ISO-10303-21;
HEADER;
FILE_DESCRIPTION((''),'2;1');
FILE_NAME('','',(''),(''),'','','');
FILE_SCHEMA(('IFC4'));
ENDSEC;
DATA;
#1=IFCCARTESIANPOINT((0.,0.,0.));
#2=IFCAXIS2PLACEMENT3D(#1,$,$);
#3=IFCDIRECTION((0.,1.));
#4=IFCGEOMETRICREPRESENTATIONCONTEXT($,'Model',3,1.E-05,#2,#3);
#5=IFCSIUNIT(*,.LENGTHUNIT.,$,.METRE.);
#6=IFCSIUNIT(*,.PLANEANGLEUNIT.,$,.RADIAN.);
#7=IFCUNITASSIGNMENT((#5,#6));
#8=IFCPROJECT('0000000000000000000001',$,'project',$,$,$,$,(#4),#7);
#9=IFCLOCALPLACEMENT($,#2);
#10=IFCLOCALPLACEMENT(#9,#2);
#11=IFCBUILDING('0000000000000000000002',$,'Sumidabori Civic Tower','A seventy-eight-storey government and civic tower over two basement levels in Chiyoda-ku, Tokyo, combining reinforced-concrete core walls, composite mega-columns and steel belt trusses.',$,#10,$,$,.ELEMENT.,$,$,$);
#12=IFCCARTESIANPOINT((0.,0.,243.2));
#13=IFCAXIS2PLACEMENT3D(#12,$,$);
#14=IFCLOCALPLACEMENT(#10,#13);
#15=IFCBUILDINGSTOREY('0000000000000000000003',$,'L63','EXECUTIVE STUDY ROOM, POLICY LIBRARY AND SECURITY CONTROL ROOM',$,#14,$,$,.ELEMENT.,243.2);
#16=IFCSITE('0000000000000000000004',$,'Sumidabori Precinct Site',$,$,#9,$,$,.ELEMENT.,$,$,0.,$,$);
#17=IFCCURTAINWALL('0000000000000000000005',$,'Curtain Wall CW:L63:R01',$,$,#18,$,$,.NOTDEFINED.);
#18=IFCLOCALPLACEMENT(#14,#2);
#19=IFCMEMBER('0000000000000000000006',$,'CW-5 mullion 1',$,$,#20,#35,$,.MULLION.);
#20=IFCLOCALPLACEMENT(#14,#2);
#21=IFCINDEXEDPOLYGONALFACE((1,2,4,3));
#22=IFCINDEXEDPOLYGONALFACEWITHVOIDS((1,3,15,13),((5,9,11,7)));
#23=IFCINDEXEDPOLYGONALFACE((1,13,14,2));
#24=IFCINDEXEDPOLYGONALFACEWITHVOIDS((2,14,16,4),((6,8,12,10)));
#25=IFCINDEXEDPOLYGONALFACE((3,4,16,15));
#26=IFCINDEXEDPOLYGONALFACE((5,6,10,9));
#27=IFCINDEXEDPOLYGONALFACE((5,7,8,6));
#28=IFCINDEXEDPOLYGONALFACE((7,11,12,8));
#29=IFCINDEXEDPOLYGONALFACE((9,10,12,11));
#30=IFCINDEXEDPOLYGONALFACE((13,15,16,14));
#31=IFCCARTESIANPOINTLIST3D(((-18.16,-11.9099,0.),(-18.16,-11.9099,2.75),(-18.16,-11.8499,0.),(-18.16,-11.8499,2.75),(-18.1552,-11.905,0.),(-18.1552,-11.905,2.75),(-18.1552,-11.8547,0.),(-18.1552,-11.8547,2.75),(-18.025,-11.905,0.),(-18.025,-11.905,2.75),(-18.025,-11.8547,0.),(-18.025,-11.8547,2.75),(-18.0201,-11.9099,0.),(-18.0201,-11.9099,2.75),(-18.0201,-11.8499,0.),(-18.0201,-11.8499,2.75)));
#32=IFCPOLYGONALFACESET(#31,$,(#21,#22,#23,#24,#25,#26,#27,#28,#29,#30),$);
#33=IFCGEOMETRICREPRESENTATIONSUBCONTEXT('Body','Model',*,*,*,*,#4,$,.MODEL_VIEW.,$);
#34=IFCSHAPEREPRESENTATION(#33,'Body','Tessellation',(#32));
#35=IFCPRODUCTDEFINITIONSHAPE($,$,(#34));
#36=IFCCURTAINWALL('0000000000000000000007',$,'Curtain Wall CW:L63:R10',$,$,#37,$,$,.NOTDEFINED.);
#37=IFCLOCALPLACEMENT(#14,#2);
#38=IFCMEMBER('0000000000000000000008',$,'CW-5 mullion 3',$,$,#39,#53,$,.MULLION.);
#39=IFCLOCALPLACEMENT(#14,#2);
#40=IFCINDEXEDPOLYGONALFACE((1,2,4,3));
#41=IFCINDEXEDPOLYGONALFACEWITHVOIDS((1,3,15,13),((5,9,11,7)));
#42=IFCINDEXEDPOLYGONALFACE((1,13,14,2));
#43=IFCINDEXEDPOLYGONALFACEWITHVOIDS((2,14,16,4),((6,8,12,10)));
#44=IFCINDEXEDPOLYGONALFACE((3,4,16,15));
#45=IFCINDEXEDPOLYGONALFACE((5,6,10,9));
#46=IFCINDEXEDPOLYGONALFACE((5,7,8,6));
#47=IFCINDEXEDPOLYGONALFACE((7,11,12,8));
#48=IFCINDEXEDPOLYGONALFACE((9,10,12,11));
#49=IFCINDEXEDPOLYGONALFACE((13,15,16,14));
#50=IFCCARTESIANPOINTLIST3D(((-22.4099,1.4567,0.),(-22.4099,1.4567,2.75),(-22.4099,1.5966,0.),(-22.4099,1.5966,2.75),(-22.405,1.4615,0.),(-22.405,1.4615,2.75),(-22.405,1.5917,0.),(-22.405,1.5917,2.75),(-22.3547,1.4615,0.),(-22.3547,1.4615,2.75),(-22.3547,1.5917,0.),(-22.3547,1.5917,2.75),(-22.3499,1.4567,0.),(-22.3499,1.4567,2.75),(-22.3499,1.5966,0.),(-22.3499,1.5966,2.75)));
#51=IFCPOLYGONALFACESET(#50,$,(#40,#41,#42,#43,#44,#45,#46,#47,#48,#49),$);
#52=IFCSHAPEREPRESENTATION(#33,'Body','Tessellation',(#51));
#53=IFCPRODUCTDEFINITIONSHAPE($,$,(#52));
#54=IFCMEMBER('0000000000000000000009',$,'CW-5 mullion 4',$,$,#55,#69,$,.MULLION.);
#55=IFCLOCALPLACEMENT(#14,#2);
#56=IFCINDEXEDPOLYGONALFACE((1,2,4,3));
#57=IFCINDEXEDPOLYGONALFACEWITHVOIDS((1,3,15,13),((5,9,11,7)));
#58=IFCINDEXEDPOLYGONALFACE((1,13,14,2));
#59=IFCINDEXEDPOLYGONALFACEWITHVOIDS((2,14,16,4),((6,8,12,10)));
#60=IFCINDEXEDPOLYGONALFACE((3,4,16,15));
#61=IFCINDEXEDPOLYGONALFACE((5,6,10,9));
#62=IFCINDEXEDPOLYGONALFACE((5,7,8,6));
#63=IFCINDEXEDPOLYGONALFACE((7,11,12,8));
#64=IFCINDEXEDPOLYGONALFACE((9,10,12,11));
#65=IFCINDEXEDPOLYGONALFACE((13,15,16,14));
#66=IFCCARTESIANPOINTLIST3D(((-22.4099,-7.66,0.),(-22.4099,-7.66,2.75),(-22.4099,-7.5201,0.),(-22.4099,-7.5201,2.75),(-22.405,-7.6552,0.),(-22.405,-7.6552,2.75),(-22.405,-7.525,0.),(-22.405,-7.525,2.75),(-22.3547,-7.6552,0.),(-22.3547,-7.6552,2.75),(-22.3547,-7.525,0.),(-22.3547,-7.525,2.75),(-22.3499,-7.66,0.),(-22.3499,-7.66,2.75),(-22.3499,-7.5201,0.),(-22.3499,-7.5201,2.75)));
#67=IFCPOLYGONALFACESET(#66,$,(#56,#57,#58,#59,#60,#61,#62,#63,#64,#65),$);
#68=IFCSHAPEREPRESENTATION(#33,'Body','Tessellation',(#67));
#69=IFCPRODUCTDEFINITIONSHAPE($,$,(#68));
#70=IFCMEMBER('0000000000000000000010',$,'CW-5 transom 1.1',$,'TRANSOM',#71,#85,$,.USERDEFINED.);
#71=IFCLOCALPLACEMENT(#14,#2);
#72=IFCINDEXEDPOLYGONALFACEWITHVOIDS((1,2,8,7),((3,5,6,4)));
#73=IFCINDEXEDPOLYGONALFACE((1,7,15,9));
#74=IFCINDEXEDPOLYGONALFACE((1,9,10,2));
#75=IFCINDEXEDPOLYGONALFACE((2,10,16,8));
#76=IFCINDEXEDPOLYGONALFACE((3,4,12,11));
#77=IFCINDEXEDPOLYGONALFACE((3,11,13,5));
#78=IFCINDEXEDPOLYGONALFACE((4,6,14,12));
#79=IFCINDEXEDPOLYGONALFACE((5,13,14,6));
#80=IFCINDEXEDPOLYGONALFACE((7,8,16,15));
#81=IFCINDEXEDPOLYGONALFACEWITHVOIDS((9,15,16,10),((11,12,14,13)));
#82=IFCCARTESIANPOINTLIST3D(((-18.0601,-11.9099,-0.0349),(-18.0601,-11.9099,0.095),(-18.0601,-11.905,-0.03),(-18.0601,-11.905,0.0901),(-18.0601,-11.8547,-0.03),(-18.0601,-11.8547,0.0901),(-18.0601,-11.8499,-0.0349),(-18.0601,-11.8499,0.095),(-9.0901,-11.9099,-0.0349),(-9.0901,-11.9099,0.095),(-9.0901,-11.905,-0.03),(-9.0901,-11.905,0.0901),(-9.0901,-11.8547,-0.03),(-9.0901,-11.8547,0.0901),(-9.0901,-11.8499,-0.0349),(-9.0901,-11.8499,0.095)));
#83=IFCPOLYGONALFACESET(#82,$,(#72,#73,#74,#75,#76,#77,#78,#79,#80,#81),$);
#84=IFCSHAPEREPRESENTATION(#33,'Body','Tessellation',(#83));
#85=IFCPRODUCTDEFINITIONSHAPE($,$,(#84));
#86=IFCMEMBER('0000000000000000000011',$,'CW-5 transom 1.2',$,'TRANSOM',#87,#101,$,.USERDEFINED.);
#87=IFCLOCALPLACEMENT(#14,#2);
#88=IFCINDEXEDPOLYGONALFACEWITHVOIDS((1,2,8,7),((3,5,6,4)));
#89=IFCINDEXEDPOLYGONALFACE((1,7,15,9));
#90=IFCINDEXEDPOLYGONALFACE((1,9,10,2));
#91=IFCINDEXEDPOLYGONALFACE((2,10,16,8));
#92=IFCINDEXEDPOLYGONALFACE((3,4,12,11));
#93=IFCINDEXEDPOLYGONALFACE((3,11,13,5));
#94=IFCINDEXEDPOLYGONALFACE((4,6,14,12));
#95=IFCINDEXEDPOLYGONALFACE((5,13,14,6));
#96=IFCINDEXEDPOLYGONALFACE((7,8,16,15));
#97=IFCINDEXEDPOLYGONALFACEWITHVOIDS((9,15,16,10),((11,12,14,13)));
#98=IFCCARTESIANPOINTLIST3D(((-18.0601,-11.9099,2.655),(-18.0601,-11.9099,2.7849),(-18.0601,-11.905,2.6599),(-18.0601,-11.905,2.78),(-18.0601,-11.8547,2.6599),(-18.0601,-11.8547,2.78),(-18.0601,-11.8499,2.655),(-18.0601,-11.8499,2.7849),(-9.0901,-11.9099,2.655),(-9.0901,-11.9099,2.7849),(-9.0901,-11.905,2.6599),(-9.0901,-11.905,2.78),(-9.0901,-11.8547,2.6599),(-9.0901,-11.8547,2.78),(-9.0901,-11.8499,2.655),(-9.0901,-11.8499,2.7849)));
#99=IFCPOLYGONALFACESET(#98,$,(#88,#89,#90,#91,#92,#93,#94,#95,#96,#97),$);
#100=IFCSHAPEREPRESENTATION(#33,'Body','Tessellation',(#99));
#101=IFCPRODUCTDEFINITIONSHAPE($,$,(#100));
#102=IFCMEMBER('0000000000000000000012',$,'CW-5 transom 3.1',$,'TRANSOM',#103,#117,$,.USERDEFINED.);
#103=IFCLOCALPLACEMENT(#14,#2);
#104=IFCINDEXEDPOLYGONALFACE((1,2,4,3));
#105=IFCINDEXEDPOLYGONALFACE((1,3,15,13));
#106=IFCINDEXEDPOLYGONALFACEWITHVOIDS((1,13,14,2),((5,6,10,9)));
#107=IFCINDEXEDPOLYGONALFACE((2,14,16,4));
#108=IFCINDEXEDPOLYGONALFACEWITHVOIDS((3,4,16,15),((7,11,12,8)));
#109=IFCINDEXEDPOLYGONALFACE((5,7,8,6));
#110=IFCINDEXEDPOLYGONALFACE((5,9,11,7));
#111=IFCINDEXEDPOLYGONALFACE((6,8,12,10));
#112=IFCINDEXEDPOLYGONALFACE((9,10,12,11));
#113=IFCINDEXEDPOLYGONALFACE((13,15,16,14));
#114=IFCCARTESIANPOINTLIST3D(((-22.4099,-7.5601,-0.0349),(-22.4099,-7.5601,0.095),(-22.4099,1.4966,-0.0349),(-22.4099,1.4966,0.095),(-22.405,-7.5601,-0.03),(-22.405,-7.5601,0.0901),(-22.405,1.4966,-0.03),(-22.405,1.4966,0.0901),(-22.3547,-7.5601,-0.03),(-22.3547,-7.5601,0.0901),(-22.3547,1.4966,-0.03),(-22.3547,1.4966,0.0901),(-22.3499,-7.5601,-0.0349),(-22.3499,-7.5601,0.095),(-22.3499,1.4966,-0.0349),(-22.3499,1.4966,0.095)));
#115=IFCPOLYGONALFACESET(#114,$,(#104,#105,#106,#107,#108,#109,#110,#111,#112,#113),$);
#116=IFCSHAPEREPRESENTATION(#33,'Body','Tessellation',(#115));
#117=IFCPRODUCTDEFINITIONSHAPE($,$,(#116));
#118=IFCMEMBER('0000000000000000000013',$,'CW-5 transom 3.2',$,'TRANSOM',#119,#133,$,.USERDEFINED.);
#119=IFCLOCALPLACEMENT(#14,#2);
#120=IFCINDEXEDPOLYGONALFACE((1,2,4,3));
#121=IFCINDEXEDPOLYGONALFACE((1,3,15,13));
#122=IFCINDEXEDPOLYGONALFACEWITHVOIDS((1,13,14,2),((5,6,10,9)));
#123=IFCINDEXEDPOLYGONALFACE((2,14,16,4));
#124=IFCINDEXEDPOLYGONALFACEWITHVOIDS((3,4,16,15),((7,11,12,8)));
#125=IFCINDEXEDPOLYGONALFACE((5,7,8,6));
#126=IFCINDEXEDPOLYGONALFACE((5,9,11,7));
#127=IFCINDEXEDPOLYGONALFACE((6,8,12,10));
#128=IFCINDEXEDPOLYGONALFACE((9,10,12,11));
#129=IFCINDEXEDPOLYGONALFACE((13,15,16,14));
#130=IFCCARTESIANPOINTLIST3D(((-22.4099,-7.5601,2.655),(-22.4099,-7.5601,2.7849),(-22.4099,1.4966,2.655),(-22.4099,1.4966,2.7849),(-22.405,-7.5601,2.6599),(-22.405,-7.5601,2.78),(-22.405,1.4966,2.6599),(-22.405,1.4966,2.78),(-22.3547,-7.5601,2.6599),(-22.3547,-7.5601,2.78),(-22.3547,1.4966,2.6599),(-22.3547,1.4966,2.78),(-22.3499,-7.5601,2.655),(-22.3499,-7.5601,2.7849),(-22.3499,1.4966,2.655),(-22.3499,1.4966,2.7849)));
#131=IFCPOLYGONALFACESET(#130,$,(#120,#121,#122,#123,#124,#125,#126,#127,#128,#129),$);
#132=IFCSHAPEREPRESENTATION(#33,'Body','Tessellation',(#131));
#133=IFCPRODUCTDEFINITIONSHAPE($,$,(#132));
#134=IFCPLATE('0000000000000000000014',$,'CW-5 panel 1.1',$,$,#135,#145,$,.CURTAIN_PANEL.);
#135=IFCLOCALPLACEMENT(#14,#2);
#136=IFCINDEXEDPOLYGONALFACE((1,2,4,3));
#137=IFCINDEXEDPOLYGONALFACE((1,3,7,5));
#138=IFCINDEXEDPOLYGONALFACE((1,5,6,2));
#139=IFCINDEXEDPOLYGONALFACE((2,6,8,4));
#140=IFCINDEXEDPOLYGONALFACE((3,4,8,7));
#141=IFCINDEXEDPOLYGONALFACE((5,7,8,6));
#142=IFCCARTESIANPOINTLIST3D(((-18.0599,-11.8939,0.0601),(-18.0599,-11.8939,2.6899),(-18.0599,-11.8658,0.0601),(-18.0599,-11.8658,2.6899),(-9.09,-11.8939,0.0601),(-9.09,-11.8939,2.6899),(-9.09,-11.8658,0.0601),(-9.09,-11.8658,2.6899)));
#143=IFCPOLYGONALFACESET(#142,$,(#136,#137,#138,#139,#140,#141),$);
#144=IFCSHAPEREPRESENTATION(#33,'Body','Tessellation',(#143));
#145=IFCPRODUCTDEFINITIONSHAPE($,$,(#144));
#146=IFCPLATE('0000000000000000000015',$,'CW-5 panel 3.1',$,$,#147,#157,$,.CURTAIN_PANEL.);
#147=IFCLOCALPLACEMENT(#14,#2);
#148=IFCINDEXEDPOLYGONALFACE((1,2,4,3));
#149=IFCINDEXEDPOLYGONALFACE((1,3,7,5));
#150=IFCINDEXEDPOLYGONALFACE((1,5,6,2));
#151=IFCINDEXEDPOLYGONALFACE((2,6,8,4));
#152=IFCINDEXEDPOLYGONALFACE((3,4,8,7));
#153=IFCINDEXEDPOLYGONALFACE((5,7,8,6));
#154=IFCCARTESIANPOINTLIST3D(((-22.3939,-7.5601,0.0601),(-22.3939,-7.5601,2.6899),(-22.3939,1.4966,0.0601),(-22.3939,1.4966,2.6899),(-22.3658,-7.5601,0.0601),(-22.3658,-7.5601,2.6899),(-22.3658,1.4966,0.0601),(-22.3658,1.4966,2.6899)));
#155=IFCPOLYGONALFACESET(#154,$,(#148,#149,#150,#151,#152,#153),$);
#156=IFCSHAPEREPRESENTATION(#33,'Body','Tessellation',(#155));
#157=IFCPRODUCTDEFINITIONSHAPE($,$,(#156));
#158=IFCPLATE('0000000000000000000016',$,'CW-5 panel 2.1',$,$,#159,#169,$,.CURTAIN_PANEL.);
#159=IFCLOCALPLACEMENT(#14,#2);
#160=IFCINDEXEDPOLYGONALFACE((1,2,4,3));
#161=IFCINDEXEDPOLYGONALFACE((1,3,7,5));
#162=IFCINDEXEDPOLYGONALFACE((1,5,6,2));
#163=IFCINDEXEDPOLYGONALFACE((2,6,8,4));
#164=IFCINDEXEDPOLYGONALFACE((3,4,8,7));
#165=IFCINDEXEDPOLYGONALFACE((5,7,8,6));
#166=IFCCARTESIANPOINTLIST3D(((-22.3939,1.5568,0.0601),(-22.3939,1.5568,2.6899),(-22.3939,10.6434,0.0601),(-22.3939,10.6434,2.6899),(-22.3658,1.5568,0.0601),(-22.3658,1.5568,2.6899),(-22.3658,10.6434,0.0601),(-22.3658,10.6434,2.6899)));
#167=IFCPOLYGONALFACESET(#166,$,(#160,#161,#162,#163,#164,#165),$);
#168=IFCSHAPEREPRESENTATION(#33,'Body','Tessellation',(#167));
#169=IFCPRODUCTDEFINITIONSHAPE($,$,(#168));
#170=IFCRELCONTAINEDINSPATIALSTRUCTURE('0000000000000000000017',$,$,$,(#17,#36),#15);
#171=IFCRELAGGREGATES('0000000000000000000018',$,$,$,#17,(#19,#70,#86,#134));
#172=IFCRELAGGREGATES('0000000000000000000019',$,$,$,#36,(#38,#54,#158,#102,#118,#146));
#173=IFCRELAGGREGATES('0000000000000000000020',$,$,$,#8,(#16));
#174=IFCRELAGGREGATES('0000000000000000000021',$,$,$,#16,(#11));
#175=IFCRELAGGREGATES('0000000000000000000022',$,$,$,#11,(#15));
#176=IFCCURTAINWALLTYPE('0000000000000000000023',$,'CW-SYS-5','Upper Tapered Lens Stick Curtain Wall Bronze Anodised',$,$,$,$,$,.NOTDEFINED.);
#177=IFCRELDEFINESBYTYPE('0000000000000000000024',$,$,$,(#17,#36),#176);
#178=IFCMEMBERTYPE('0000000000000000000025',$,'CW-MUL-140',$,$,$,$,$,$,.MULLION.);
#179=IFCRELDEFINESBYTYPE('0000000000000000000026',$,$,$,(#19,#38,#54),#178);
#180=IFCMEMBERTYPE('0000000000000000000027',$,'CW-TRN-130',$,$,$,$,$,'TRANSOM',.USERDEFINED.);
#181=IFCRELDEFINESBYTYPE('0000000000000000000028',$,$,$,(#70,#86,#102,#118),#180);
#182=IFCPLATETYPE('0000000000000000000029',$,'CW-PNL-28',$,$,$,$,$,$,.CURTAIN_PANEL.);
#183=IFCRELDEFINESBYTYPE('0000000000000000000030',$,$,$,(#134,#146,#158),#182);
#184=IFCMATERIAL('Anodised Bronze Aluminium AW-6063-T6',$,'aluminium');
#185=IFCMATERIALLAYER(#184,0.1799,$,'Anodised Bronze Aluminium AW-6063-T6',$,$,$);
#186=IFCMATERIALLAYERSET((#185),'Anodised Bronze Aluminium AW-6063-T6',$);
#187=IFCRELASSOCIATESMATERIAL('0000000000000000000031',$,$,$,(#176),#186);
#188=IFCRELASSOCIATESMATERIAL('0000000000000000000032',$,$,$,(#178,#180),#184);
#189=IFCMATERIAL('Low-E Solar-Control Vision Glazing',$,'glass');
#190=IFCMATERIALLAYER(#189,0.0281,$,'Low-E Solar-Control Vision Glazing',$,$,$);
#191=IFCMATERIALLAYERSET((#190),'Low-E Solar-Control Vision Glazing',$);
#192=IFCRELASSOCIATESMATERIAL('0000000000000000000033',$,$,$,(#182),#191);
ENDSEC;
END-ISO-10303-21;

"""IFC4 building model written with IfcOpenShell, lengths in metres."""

from ifc_helpers import new_model, si_unit, direction, frame, origin, origin_2d, place, context, subcontext, project, spatial, rectangle, hollow_rectangle, extrude, source, transform, mapped, material, layer, layer_set, material_profile, profile_set, type_object, element, aggregate, save


model = new_model("IFC4")

# Units and contexts
model_context = context("Model", 3, precision=1e-05, world=origin(), true_north=direction((0.0, 1.0)))
body_context = subcontext(model_context, "Body", "Model", "MODEL_VIEW")
ifc_project = project(units=[si_unit("LENGTHUNIT", "METRE"), si_unit("PLANEANGLEUNIT", "RADIAN")], contexts=[model_context])

# Site, building, storey
site_placement = place(None, origin())
site = spatial("IfcSite", under=ifc_project, at=site_placement, Name="Sumidabori Precinct Site", CompositionType="ELEMENT", RefElevation=0.0)
building_placement = place(site_placement, origin())
building = spatial("IfcBuilding", under=site, at=building_placement, Name="Sumidabori Civic Tower", Description="A seventy-eight-storey government and civic tower over two basement levels in Chiyoda-ku, Tokyo, combining reinforced-concrete core walls, composite mega-columns and steel belt trusses.", CompositionType="ELEMENT")
storey_placement = place(building_placement, frame((0.0, 0.0, 243.2)))
storey = spatial("IfcBuildingStorey", under=building, at=storey_placement, Name="L63", Description="EXECUTIVE STUDY ROOM, POLICY LIBRARY AND SECURITY CONTROL ROOM", CompositionType="ELEMENT", Elevation=243.2)

# Curtain wall, member
ifc_material_1 = material(Name="Anodised Bronze Aluminium AW-6063-T6", Category="aluminium")
ifc_layer_1 = layer(ifc_material_1, 0.1799, Name="Anodised Bronze Aluminium AW-6063-T6")
ifc_layer_set_1 = layer_set([ifc_layer_1], Name="Anodised Bronze Aluminium AW-6063-T6")
curtain_wall_type = type_object("IfcCurtainWallType", Name="CW-SYS-5", Description="Upper Tapered Lens Stick Curtain Wall Bronze Anodised", PredefinedType="NOTDEFINED", material=ifc_layer_set_1)
curtain_wall_1_placement = place(storey_placement, origin())
curtain_wall_1 = element("IfcCurtainWall", 1, at=curtain_wall_1_placement, inside=storey, type_object=curtain_wall_type, Name="Curtain Wall CW:L63:R01", PredefinedType="NOTDEFINED")
ifc_material_profile_1 = material_profile(ifc_material_1, hollow_rectangle(XDim=0.0601, YDim=0.1399, WallThickness=0.0049, at=origin_2d()), Name="ALU MULLION 140x60")
ifc_profile_set_1 = profile_set([ifc_material_profile_1], Name="Anodised Bronze Aluminium AW-6063-T6")
member_type_1 = type_object("IfcMemberType", Name="CW-MUL-140", PredefinedType="MULLION", material=ifc_profile_set_1)
shared_shape_1 = source(origin(), body_context, "Body", "SweptSolid", [
    extrude(hollow_rectangle(XDim=0.0601, YDim=0.1399, WallThickness=0.0049, at=origin_2d()), origin(), (0.0, 0.0, 1.0), 2.75),
])
member_1_placement = place(storey_placement, frame((-18.0901, -11.8799, 0.0), z_axis=(0.0, 0.0, 1.0), x_axis=(0.0, 1.0, 0.0)))
member_1 = element("IfcMember", 2, at=member_1_placement, type_object=member_type_1, Name="CW-5 mullion 1", PredefinedType="MULLION", context=body_context, shape_type="MappedRepresentation", body=[
    mapped(shared_shape_1, transform((0.0, 0.0, 0.0), x_axis=(1.0, 0.0, 0.0), y_axis=(0.0, 1.0, 0.0), z_axis=(0.0, 0.0, 1.0), scale=1.0)),
])

# Curtain wall, members
curtain_wall_2_placement = place(storey_placement, origin())
curtain_wall_2 = element("IfcCurtainWall", 3, at=curtain_wall_2_placement, inside=storey, type_object=curtain_wall_type, Name="Curtain Wall CW:L63:R10", PredefinedType="NOTDEFINED")
member_2_placement = place(storey_placement, frame((-22.3799, 1.5266, 0.0), z_axis=(0.0, 0.0, 1.0), x_axis=(1.0, 0.0, 0.0)))
member_2 = element("IfcMember", 4, at=member_2_placement, type_object=member_type_1, Name="CW-5 mullion 3", PredefinedType="MULLION", context=body_context, shape_type="MappedRepresentation", body=[
    mapped(shared_shape_1, transform((0.0, 0.0, 0.0), x_axis=(1.0, 0.0, 0.0), y_axis=(0.0, 1.0, 0.0), z_axis=(0.0, 0.0, 1.0), scale=1.0)),
])
member_3_placement = place(storey_placement, frame((-22.3799, -7.5901, 0.0), z_axis=(0.0, 0.0, 1.0), x_axis=(1.0, 0.0, 0.0)))
member_3 = element("IfcMember", 5, at=member_3_placement, type_object=member_type_1, Name="CW-5 mullion 4", PredefinedType="MULLION", context=body_context, shape_type="MappedRepresentation", body=[
    mapped(shared_shape_1, transform((0.0, 0.0, 0.0), x_axis=(1.0, 0.0, 0.0), y_axis=(0.0, 1.0, 0.0), z_axis=(0.0, 0.0, 1.0), scale=1.0)),
])

# Members
ifc_material_profile_2 = material_profile(ifc_material_1, hollow_rectangle(XDim=0.0601, YDim=0.1299, WallThickness=0.0049, at=origin_2d()), Name="ALU TRANSOM 130x60")
ifc_profile_set_2 = profile_set([ifc_material_profile_2], Name="Anodised Bronze Aluminium AW-6063-T6")
member_type_2 = type_object("IfcMemberType", Name="CW-TRN-130", ElementType="TRANSOM", PredefinedType="USERDEFINED", material=ifc_profile_set_2)
shared_shape_2 = source(origin(), body_context, "Body", "SweptSolid", [
    extrude(hollow_rectangle(XDim=0.0601, YDim=0.1299, WallThickness=0.0049, at=origin_2d()), origin(), (0.0, 0.0, 1.0), 8.97),
])
member_4_placement = place(storey_placement, frame((-18.0601, -11.8799, 0.03), z_axis=(1.0, 0.0, 0.0), x_axis=(0.0, 1.0, 0.0)))
member_4 = element("IfcMember", 6, at=member_4_placement, type_object=member_type_2, Name="CW-5 transom 1.1", ObjectType="TRANSOM", PredefinedType="USERDEFINED", context=body_context, shape_type="MappedRepresentation", body=[
    mapped(shared_shape_2, transform((0.0, 0.0, 0.0), x_axis=(1.0, 0.0, 0.0), y_axis=(0.0, 1.0, 0.0), z_axis=(0.0, 0.0, 1.0), scale=1.0)),
])
member_5_placement = place(storey_placement, frame((-18.0601, -11.8799, 2.72), z_axis=(1.0, 0.0, 0.0), x_axis=(0.0, 1.0, 0.0)))
member_5 = element("IfcMember", 7, at=member_5_placement, type_object=member_type_2, Name="CW-5 transom 1.2", ObjectType="TRANSOM", PredefinedType="USERDEFINED", context=body_context, shape_type="MappedRepresentation", body=[
    mapped(shared_shape_2, transform((0.0, 0.0, 0.0), x_axis=(1.0, 0.0, 0.0), y_axis=(0.0, 1.0, 0.0), z_axis=(0.0, 0.0, 1.0), scale=1.0)),
])
shared_shape_3 = source(origin(), body_context, "Body", "SweptSolid", [
    extrude(hollow_rectangle(XDim=0.0601, YDim=0.1299, WallThickness=0.0049, at=origin_2d()), origin(), (0.0, 0.0, 1.0), 9.0566),
])
member_6_placement = place(storey_placement, frame((-22.3799, 1.4966, 0.03), z_axis=(0.0, -1.0, 0.0), x_axis=(1.0, 0.0, 0.0)))
member_6 = element("IfcMember", 8, at=member_6_placement, type_object=member_type_2, Name="CW-5 transom 3.1", ObjectType="TRANSOM", PredefinedType="USERDEFINED", context=body_context, shape_type="MappedRepresentation", body=[
    mapped(shared_shape_3, transform((0.0, 0.0, 0.0), x_axis=(1.0, 0.0, 0.0), y_axis=(0.0, 1.0, 0.0), z_axis=(0.0, 0.0, 1.0), scale=1.0)),
])
member_7_placement = place(storey_placement, frame((-22.3799, 1.4966, 2.72), z_axis=(0.0, -1.0, 0.0), x_axis=(1.0, 0.0, 0.0)))
member_7 = element("IfcMember", 9, at=member_7_placement, type_object=member_type_2, Name="CW-5 transom 3.2", ObjectType="TRANSOM", PredefinedType="USERDEFINED", context=body_context, shape_type="MappedRepresentation", body=[
    mapped(shared_shape_3, transform((0.0, 0.0, 0.0), x_axis=(1.0, 0.0, 0.0), y_axis=(0.0, 1.0, 0.0), z_axis=(0.0, 0.0, 1.0), scale=1.0)),
])

# Plates
ifc_material_2 = material(Name="Low-E Solar-Control Vision Glazing", Category="glass")
ifc_layer_2 = layer(ifc_material_2, 0.0281, Name="Low-E Solar-Control Vision Glazing")
ifc_layer_set_2 = layer_set([ifc_layer_2], Name="Low-E Solar-Control Vision Glazing")
plate_type = type_object("IfcPlateType", Name="CW-PNL-28", PredefinedType="CURTAIN_PANEL", material=ifc_layer_set_2)
shared_shape_4 = source(origin(), body_context, "Body", "SweptSolid", [
    extrude(rectangle(XDim=8.97, YDim=0.0281, at=origin_2d()), origin(), (0.0, 0.0, 1.0), 2.6299),
])
plate_1_placement = place(storey_placement, frame((-13.575, -11.8799, 0.0601), z_axis=(0.0, 0.0, 1.0), x_axis=(1.0, 0.0, 0.0)))
plate_1 = element("IfcPlate", 10, at=plate_1_placement, type_object=plate_type, Name="CW-5 panel 1.1", PredefinedType="CURTAIN_PANEL", context=body_context, shape_type="MappedRepresentation", body=[
    mapped(shared_shape_4, transform((0.0, 0.0, 0.0), x_axis=(1.0, 0.0, 0.0), y_axis=(0.0, 1.0, 0.0), z_axis=(0.0, 0.0, 1.0), scale=1.0)),
])
aggregate(curtain_wall_1, [member_1, member_4, member_5, plate_1])
shared_shape_5 = source(origin(), body_context, "Body", "SweptSolid", [
    extrude(rectangle(XDim=9.0566, YDim=0.0281, at=origin_2d()), origin(), (0.0, 0.0, 1.0), 2.6299),
])
plate_2_placement = place(storey_placement, frame((-22.3799, -3.0317, 0.0601), z_axis=(0.0, 0.0, 1.0), x_axis=(0.0, -1.0, 0.0)))
plate_2 = element("IfcPlate", 11, at=plate_2_placement, type_object=plate_type, Name="CW-5 panel 3.1", PredefinedType="CURTAIN_PANEL", context=body_context, shape_type="MappedRepresentation", body=[
    mapped(shared_shape_5, transform((0.0, 0.0, 0.0), x_axis=(1.0, 0.0, 0.0), y_axis=(0.0, 1.0, 0.0), z_axis=(0.0, 0.0, 1.0), scale=1.0)),
])
shared_shape_6 = source(origin(), body_context, "Body", "SweptSolid", [
    extrude(rectangle(XDim=9.0867, YDim=0.0281, at=origin_2d()), origin(), (0.0, 0.0, 1.0), 2.6299),
])
plate_3_placement = place(storey_placement, frame((-22.3799, 6.1001, 0.0601), z_axis=(0.0, 0.0, 1.0), x_axis=(0.0, -1.0, 0.0)))
plate_3 = element("IfcPlate", 12, at=plate_3_placement, type_object=plate_type, Name="CW-5 panel 2.1", PredefinedType="CURTAIN_PANEL", context=body_context, shape_type="MappedRepresentation", body=[
    mapped(shared_shape_6, transform((0.0, 0.0, 0.0), x_axis=(1.0, 0.0, 0.0), y_axis=(0.0, 1.0, 0.0), z_axis=(0.0, 0.0, 1.0), scale=1.0)),
])
aggregate(curtain_wall_2, [member_2, member_3, plate_3, member_6, member_7, plate_2])

save(model, "model.ifc")
